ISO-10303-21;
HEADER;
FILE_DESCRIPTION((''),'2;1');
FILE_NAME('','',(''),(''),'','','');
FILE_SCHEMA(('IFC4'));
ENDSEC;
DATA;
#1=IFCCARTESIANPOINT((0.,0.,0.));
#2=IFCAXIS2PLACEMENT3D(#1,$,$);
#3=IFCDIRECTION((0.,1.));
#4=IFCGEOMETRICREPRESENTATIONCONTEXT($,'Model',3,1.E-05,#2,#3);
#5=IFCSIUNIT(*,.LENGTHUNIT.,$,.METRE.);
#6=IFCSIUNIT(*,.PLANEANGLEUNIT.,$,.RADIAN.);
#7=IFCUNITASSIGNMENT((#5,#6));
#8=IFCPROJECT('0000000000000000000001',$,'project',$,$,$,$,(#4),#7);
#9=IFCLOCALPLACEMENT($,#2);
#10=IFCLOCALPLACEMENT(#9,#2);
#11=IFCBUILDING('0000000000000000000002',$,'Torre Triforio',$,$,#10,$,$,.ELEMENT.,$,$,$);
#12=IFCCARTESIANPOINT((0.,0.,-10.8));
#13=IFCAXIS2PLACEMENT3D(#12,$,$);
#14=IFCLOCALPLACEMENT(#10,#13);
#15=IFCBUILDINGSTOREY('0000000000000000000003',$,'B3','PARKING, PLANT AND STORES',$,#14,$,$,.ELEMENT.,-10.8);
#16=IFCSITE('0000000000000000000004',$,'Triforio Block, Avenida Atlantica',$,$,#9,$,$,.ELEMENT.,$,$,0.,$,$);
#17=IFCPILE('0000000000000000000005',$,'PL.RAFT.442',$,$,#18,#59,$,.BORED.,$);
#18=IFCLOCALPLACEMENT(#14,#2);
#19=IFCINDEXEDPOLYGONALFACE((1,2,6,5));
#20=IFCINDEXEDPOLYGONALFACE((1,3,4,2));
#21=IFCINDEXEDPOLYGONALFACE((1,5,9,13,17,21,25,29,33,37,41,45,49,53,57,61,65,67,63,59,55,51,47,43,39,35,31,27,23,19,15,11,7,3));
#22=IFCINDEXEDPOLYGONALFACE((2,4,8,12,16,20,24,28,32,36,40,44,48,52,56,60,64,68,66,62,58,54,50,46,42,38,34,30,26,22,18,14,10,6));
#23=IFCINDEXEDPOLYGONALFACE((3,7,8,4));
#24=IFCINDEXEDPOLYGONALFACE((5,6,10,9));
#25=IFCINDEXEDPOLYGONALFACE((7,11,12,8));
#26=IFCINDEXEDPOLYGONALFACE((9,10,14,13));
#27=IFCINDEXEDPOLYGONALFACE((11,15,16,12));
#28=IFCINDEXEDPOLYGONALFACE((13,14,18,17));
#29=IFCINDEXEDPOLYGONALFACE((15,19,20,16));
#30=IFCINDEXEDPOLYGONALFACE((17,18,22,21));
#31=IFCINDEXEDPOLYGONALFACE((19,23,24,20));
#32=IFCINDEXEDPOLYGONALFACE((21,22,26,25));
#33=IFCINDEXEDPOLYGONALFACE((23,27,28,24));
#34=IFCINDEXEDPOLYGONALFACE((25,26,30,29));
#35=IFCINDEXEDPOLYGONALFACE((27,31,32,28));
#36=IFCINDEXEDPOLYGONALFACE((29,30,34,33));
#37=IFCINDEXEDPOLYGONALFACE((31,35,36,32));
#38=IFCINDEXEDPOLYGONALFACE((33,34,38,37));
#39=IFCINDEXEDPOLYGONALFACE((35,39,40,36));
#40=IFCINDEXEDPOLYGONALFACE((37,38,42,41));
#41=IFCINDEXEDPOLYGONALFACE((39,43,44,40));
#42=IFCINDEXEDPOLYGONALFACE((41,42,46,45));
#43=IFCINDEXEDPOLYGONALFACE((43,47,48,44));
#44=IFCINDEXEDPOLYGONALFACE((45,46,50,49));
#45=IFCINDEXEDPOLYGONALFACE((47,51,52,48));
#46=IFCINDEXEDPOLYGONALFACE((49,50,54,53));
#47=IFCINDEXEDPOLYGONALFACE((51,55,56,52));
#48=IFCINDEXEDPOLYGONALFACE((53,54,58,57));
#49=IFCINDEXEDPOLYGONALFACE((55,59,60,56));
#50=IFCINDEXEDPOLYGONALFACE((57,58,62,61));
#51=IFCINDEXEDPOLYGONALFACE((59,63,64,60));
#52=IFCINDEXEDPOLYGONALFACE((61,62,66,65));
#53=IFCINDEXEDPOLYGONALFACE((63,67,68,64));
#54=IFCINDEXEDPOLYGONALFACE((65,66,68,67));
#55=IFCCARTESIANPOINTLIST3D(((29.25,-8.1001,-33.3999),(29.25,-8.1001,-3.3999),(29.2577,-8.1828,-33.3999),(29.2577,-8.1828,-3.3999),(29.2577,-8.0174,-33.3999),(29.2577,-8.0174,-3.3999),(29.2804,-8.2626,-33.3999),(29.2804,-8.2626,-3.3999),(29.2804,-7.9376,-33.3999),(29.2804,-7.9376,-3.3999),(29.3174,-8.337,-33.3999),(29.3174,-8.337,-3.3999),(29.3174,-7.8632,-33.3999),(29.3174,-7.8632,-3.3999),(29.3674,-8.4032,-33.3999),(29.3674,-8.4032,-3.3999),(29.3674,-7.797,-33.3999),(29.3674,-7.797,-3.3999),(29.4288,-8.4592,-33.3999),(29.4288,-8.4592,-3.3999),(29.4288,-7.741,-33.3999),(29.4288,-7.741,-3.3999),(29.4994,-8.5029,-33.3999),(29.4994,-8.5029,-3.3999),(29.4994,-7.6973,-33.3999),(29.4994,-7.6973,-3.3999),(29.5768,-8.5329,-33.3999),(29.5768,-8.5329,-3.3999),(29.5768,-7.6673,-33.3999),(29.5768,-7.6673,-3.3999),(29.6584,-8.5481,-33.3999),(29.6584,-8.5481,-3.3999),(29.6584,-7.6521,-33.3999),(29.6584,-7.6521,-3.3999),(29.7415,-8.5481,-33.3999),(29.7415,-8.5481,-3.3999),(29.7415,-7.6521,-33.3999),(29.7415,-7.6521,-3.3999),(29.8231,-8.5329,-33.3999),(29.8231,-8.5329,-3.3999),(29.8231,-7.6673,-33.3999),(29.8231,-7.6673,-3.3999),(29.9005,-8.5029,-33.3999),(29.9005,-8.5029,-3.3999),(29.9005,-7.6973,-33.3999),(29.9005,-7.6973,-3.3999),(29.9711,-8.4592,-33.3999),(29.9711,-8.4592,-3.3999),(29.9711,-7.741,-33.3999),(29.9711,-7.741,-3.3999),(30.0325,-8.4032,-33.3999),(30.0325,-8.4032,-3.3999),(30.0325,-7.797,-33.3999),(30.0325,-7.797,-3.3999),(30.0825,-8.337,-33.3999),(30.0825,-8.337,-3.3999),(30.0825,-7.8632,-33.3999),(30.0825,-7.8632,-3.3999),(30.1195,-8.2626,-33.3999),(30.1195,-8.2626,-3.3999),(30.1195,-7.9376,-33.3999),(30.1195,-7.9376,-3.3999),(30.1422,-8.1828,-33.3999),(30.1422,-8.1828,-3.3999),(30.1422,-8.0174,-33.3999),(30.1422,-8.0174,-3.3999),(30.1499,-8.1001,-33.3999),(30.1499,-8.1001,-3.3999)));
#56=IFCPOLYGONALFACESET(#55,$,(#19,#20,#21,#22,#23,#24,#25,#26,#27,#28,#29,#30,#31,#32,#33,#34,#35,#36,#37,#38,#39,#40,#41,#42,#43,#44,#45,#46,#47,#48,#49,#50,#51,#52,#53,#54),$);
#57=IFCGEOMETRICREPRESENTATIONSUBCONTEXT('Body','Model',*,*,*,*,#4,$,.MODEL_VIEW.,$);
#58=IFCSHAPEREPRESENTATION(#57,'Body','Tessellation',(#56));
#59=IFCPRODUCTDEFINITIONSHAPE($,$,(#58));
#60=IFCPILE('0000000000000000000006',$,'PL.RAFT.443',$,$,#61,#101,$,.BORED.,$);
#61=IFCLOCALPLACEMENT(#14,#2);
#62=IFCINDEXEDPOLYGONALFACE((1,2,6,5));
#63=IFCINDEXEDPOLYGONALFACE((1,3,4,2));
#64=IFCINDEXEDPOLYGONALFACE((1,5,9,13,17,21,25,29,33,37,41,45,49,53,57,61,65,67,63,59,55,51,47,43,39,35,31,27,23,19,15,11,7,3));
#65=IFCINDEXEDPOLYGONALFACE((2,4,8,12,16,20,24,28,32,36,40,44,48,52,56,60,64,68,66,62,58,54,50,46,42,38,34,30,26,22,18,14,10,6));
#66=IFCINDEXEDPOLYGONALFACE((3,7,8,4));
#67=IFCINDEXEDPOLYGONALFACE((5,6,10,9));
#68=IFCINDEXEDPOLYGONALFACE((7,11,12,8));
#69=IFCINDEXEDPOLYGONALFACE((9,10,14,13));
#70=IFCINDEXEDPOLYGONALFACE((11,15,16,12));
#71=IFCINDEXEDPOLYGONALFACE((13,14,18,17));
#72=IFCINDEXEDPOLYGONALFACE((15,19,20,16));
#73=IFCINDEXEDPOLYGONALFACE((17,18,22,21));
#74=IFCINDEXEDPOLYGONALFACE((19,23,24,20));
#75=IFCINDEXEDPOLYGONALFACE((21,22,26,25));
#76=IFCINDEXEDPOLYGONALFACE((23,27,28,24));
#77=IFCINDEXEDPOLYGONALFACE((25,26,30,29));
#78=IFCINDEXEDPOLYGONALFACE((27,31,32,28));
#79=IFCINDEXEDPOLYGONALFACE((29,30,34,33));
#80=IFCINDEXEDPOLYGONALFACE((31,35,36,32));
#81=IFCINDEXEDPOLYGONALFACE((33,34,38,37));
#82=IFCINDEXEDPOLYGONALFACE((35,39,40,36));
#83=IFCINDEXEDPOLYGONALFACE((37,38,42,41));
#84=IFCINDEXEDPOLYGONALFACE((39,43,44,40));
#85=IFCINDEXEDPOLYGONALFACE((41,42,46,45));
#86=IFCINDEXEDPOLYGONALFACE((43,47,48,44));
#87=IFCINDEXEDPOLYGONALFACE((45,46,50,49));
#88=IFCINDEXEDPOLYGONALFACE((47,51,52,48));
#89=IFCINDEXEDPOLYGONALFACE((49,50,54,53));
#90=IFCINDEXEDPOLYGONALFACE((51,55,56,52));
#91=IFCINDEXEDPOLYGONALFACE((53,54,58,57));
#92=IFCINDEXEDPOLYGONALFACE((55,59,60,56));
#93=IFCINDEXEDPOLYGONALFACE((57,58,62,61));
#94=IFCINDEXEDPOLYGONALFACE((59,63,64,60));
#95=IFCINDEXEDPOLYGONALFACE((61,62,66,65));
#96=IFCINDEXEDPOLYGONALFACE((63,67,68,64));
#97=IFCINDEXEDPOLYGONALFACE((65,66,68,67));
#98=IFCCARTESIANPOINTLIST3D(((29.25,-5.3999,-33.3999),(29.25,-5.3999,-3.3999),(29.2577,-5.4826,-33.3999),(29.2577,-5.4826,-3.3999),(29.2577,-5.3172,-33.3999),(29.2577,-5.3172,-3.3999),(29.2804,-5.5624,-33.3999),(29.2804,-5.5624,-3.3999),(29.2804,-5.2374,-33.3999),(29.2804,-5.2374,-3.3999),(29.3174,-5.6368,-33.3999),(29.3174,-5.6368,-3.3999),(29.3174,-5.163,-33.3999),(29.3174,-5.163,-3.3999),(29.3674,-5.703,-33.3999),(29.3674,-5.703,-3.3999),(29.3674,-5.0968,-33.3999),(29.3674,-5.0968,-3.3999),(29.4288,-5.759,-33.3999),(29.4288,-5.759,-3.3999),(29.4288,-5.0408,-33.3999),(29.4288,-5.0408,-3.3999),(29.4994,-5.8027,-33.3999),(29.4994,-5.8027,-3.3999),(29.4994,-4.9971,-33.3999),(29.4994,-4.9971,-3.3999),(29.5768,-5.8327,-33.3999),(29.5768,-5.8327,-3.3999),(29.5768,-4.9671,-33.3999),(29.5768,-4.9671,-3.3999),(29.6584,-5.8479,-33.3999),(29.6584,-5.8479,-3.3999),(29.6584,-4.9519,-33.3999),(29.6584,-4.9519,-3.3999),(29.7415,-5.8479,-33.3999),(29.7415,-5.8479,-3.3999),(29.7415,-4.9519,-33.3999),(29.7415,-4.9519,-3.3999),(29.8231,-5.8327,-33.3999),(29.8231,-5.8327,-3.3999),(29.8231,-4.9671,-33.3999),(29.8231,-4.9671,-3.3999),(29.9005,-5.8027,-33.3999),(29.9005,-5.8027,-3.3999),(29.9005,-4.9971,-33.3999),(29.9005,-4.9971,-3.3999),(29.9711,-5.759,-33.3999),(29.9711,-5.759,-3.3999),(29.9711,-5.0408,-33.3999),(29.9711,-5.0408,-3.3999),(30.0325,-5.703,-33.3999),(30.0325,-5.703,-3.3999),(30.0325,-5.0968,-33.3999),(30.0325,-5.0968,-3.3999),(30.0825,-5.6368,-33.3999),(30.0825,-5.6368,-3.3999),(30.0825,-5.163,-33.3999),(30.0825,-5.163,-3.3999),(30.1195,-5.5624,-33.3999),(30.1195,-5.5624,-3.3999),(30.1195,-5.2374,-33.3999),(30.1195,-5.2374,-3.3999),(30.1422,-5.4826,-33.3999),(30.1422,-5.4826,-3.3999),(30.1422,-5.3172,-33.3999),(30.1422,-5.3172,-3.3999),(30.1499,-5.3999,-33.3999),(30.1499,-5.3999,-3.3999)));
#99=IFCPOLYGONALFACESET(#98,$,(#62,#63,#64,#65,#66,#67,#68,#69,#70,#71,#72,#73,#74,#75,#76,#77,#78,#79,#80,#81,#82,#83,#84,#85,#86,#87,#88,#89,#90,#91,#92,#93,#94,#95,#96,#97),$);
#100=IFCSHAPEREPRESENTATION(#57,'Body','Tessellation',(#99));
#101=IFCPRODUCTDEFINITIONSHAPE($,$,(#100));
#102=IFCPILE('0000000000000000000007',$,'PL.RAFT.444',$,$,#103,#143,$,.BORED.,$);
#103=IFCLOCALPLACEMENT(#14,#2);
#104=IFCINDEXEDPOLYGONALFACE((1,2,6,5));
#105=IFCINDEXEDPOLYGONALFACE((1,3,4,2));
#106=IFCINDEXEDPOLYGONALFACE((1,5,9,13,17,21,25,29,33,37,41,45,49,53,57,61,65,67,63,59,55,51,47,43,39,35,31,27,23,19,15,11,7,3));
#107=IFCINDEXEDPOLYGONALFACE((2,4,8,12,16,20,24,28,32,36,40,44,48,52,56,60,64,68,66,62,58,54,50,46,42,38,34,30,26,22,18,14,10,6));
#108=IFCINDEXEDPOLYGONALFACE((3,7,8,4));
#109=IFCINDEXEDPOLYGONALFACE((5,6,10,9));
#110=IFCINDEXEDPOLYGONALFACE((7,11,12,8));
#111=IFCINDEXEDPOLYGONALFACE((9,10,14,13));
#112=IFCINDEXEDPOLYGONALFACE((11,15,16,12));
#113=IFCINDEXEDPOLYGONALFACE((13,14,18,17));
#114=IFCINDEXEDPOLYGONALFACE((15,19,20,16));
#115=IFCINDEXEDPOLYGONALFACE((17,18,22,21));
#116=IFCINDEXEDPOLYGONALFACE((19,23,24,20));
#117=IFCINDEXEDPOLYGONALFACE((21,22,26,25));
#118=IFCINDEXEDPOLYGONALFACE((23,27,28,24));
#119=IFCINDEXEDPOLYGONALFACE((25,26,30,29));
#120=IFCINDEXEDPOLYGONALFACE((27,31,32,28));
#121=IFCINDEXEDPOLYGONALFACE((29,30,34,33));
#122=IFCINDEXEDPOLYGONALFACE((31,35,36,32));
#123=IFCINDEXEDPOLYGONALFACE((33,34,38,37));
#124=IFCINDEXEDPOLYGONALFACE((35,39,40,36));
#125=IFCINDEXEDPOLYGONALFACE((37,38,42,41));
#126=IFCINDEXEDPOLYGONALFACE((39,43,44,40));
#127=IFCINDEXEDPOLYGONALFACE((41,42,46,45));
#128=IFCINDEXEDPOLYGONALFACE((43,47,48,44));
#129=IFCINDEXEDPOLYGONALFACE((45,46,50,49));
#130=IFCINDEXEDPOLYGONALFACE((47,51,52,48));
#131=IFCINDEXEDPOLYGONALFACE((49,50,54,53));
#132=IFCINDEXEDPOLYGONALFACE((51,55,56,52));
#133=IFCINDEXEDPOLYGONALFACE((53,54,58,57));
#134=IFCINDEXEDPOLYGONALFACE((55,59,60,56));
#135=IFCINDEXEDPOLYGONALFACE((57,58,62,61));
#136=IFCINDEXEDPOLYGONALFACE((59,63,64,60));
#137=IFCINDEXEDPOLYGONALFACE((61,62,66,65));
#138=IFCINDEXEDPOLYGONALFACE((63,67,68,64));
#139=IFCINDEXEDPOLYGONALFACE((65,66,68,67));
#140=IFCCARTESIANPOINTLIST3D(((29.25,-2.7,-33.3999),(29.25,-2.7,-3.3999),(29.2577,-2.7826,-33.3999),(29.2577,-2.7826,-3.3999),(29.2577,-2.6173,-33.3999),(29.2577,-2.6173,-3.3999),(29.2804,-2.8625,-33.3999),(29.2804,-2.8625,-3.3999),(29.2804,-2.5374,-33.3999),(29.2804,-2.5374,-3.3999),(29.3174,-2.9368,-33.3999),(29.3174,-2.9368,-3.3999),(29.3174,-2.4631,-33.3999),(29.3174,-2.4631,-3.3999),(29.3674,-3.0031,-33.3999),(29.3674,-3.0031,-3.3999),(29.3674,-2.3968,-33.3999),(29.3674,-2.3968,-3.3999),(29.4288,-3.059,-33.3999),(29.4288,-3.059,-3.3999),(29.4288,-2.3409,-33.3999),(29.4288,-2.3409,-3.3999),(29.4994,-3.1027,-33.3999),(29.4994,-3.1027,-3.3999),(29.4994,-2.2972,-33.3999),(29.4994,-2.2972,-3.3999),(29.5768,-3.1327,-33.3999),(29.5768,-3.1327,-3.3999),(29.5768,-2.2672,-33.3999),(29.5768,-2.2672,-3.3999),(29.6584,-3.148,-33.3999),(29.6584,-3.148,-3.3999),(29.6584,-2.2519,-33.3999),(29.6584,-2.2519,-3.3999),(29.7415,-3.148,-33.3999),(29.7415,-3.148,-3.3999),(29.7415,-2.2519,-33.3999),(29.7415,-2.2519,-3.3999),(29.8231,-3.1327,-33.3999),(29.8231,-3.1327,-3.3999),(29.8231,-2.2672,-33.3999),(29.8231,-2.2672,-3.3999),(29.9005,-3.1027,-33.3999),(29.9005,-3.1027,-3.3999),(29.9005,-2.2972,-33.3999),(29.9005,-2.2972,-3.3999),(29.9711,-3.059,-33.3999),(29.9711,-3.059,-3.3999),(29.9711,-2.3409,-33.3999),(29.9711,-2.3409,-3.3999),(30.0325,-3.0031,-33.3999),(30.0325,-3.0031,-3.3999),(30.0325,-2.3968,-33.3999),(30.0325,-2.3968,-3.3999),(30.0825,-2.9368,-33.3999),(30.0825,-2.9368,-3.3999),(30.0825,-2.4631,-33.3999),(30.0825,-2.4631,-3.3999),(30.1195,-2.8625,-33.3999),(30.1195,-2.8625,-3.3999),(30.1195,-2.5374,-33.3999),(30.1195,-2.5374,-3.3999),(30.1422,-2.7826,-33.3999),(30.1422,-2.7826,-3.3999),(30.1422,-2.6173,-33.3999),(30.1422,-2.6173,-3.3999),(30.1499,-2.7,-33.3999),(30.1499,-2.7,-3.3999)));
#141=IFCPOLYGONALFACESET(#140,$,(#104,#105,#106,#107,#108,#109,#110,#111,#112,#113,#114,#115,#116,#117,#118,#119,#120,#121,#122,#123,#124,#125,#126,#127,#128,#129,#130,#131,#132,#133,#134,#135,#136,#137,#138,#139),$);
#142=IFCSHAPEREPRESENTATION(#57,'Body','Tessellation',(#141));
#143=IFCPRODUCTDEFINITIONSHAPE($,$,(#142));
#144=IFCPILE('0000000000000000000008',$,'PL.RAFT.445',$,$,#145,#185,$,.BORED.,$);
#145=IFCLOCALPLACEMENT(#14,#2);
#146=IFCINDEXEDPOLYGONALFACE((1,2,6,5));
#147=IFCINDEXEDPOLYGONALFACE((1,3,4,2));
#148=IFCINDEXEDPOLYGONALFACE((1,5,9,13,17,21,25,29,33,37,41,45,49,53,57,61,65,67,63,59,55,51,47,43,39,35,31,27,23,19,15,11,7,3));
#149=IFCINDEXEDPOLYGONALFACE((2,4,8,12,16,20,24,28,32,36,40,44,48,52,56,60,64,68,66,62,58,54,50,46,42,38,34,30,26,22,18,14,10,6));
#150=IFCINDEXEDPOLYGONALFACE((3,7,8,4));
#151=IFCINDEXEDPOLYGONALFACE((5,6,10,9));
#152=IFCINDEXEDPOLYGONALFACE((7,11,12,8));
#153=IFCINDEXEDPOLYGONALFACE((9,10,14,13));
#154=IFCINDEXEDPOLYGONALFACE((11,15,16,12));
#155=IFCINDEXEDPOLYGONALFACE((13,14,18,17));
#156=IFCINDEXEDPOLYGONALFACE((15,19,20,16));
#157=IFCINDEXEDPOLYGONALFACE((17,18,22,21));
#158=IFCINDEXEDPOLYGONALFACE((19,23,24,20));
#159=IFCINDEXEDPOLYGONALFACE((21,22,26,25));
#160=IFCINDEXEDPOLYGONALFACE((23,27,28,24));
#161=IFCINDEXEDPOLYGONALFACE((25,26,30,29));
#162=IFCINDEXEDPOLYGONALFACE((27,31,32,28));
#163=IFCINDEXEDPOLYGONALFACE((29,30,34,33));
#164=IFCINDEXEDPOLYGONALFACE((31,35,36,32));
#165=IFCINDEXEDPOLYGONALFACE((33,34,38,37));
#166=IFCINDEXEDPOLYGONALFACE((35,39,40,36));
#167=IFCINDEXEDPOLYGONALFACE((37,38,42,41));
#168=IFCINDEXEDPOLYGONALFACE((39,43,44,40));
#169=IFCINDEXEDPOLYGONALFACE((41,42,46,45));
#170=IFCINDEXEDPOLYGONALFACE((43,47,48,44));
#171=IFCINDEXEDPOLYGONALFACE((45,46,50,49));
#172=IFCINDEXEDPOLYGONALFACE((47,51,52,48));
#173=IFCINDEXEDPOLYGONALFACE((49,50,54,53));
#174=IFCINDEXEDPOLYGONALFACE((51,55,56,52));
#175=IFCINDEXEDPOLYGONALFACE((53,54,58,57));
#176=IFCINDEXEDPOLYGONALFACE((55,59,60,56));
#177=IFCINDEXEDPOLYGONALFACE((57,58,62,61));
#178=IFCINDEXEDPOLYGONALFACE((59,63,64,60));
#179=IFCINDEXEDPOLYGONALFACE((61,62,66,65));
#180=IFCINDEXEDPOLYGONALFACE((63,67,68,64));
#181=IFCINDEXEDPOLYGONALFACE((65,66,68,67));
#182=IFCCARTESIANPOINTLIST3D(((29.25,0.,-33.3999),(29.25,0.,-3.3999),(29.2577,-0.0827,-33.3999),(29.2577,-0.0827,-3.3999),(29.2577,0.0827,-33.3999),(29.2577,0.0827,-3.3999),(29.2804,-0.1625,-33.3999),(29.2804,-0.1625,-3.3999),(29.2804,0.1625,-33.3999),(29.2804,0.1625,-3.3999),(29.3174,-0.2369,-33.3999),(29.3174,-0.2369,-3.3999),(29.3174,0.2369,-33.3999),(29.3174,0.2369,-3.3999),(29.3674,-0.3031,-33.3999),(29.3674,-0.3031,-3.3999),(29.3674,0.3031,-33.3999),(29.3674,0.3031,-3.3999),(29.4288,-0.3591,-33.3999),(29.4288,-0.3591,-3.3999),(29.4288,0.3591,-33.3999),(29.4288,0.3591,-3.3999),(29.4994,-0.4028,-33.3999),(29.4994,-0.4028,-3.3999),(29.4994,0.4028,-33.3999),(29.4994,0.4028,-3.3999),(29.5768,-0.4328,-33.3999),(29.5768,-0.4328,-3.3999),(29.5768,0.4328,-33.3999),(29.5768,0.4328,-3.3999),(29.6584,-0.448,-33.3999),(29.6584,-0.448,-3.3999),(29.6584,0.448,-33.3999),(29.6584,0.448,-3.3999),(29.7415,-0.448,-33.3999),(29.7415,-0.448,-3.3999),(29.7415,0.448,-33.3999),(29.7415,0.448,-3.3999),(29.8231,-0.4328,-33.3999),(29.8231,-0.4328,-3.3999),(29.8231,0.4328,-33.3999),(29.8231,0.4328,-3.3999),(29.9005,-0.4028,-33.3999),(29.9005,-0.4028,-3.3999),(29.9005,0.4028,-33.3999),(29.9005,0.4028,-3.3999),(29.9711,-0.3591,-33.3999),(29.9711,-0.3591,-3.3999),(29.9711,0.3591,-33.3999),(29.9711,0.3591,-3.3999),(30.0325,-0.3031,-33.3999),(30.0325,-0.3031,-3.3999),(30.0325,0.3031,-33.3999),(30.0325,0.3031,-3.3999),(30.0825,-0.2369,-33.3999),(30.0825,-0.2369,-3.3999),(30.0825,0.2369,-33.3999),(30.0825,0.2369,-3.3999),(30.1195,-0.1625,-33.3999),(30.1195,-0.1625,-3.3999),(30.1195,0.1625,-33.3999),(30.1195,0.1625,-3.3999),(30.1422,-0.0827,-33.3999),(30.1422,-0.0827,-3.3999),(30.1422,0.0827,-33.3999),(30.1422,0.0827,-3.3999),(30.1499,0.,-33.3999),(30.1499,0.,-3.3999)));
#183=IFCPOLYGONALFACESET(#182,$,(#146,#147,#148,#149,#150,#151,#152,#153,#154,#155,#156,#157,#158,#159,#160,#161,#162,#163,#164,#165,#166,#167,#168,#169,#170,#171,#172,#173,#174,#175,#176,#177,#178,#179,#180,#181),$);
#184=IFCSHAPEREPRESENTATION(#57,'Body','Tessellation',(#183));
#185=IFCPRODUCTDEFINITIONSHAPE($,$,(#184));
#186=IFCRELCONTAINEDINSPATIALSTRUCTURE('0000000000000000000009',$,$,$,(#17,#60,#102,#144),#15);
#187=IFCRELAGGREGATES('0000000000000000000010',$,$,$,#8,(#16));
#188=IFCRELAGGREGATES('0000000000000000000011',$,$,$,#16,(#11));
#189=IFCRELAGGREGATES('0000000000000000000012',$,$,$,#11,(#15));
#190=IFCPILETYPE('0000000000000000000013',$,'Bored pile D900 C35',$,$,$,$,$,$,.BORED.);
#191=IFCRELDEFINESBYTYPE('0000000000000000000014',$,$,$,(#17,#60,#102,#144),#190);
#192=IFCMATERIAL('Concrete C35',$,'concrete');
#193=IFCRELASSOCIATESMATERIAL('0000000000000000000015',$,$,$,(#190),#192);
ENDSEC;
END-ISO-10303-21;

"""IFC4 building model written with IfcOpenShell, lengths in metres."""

from ifc_helpers import new_model, si_unit, direction, frame, origin, origin_2d, place, context, subcontext, project, spatial, circle, extrude, material, material_profile, profile_set, type_object, element, save


model = new_model("IFC4")

# Units and contexts
model_context = context("Model", 3, precision=1e-05, world=origin(), true_north=direction((0.0, 1.0)))
body_context = subcontext(model_context, "Body", "Model", "MODEL_VIEW")
ifc_project = project(units=[si_unit("LENGTHUNIT", "METRE"), si_unit("PLANEANGLEUNIT", "RADIAN")], contexts=[model_context])

# Site, building, storey
site_placement = place(None, origin())
site = spatial("IfcSite", under=ifc_project, at=site_placement, Name="Triforio Block, Avenida Atlantica", CompositionType="ELEMENT", RefElevation=0.0)
building_placement = place(site_placement, origin())
building = spatial("IfcBuilding", under=site, at=building_placement, Name="Torre Triforio", CompositionType="ELEMENT")
storey_placement = place(building_placement, frame((0.0, 0.0, -10.8)))
storey = spatial("IfcBuildingStorey", under=building, at=storey_placement, Name="B3", Description="PARKING, PLANT AND STORES", CompositionType="ELEMENT", Elevation=-10.8)

# Piles
ifc_material_1 = material(Name="Concrete C35", Category="concrete")
ifc_material_profile_1 = material_profile(ifc_material_1, circle(Radius=0.45, at=origin_2d()), Name="RC D900")
ifc_profile_set_1 = profile_set([ifc_material_profile_1], Name="Concrete C35")
pile_type = type_object("IfcPileType", Name="Bored pile D900 C35", PredefinedType="BORED", material=ifc_profile_set_1)
for number, where, z_axis, x_axis, name in (
    (1, (29.7, -8.1001, -3.3999), (0.0, 0.0, -1.0), (1.0, 0.0, 0.0), "PL.RAFT.442"),
    (2, (29.7, -5.3999, -3.3999), (0.0, 0.0, -1.0), (1.0, 0.0, 0.0), "PL.RAFT.443"),
    (3, (29.7, -2.7, -3.3999), (0.0, 0.0, -1.0), (1.0, 0.0, 0.0), "PL.RAFT.444"),
    (4, (29.7, 0.0, -3.3999), (0.0, 0.0, -1.0), (1.0, 0.0, 0.0), "PL.RAFT.445"),
):
    element("IfcPile", number, at=place(storey_placement, frame(where, z_axis=z_axis, x_axis=x_axis)), inside=storey, type_object=pile_type, Name=name, PredefinedType="BORED", context=body_context, shape_type="SweptSolid", body=[
        extrude(circle(Radius=0.45, at=origin_2d()), origin(), (0.0, 0.0, 1.0), 30.0),
    ])

save(model, "model.ifc")
